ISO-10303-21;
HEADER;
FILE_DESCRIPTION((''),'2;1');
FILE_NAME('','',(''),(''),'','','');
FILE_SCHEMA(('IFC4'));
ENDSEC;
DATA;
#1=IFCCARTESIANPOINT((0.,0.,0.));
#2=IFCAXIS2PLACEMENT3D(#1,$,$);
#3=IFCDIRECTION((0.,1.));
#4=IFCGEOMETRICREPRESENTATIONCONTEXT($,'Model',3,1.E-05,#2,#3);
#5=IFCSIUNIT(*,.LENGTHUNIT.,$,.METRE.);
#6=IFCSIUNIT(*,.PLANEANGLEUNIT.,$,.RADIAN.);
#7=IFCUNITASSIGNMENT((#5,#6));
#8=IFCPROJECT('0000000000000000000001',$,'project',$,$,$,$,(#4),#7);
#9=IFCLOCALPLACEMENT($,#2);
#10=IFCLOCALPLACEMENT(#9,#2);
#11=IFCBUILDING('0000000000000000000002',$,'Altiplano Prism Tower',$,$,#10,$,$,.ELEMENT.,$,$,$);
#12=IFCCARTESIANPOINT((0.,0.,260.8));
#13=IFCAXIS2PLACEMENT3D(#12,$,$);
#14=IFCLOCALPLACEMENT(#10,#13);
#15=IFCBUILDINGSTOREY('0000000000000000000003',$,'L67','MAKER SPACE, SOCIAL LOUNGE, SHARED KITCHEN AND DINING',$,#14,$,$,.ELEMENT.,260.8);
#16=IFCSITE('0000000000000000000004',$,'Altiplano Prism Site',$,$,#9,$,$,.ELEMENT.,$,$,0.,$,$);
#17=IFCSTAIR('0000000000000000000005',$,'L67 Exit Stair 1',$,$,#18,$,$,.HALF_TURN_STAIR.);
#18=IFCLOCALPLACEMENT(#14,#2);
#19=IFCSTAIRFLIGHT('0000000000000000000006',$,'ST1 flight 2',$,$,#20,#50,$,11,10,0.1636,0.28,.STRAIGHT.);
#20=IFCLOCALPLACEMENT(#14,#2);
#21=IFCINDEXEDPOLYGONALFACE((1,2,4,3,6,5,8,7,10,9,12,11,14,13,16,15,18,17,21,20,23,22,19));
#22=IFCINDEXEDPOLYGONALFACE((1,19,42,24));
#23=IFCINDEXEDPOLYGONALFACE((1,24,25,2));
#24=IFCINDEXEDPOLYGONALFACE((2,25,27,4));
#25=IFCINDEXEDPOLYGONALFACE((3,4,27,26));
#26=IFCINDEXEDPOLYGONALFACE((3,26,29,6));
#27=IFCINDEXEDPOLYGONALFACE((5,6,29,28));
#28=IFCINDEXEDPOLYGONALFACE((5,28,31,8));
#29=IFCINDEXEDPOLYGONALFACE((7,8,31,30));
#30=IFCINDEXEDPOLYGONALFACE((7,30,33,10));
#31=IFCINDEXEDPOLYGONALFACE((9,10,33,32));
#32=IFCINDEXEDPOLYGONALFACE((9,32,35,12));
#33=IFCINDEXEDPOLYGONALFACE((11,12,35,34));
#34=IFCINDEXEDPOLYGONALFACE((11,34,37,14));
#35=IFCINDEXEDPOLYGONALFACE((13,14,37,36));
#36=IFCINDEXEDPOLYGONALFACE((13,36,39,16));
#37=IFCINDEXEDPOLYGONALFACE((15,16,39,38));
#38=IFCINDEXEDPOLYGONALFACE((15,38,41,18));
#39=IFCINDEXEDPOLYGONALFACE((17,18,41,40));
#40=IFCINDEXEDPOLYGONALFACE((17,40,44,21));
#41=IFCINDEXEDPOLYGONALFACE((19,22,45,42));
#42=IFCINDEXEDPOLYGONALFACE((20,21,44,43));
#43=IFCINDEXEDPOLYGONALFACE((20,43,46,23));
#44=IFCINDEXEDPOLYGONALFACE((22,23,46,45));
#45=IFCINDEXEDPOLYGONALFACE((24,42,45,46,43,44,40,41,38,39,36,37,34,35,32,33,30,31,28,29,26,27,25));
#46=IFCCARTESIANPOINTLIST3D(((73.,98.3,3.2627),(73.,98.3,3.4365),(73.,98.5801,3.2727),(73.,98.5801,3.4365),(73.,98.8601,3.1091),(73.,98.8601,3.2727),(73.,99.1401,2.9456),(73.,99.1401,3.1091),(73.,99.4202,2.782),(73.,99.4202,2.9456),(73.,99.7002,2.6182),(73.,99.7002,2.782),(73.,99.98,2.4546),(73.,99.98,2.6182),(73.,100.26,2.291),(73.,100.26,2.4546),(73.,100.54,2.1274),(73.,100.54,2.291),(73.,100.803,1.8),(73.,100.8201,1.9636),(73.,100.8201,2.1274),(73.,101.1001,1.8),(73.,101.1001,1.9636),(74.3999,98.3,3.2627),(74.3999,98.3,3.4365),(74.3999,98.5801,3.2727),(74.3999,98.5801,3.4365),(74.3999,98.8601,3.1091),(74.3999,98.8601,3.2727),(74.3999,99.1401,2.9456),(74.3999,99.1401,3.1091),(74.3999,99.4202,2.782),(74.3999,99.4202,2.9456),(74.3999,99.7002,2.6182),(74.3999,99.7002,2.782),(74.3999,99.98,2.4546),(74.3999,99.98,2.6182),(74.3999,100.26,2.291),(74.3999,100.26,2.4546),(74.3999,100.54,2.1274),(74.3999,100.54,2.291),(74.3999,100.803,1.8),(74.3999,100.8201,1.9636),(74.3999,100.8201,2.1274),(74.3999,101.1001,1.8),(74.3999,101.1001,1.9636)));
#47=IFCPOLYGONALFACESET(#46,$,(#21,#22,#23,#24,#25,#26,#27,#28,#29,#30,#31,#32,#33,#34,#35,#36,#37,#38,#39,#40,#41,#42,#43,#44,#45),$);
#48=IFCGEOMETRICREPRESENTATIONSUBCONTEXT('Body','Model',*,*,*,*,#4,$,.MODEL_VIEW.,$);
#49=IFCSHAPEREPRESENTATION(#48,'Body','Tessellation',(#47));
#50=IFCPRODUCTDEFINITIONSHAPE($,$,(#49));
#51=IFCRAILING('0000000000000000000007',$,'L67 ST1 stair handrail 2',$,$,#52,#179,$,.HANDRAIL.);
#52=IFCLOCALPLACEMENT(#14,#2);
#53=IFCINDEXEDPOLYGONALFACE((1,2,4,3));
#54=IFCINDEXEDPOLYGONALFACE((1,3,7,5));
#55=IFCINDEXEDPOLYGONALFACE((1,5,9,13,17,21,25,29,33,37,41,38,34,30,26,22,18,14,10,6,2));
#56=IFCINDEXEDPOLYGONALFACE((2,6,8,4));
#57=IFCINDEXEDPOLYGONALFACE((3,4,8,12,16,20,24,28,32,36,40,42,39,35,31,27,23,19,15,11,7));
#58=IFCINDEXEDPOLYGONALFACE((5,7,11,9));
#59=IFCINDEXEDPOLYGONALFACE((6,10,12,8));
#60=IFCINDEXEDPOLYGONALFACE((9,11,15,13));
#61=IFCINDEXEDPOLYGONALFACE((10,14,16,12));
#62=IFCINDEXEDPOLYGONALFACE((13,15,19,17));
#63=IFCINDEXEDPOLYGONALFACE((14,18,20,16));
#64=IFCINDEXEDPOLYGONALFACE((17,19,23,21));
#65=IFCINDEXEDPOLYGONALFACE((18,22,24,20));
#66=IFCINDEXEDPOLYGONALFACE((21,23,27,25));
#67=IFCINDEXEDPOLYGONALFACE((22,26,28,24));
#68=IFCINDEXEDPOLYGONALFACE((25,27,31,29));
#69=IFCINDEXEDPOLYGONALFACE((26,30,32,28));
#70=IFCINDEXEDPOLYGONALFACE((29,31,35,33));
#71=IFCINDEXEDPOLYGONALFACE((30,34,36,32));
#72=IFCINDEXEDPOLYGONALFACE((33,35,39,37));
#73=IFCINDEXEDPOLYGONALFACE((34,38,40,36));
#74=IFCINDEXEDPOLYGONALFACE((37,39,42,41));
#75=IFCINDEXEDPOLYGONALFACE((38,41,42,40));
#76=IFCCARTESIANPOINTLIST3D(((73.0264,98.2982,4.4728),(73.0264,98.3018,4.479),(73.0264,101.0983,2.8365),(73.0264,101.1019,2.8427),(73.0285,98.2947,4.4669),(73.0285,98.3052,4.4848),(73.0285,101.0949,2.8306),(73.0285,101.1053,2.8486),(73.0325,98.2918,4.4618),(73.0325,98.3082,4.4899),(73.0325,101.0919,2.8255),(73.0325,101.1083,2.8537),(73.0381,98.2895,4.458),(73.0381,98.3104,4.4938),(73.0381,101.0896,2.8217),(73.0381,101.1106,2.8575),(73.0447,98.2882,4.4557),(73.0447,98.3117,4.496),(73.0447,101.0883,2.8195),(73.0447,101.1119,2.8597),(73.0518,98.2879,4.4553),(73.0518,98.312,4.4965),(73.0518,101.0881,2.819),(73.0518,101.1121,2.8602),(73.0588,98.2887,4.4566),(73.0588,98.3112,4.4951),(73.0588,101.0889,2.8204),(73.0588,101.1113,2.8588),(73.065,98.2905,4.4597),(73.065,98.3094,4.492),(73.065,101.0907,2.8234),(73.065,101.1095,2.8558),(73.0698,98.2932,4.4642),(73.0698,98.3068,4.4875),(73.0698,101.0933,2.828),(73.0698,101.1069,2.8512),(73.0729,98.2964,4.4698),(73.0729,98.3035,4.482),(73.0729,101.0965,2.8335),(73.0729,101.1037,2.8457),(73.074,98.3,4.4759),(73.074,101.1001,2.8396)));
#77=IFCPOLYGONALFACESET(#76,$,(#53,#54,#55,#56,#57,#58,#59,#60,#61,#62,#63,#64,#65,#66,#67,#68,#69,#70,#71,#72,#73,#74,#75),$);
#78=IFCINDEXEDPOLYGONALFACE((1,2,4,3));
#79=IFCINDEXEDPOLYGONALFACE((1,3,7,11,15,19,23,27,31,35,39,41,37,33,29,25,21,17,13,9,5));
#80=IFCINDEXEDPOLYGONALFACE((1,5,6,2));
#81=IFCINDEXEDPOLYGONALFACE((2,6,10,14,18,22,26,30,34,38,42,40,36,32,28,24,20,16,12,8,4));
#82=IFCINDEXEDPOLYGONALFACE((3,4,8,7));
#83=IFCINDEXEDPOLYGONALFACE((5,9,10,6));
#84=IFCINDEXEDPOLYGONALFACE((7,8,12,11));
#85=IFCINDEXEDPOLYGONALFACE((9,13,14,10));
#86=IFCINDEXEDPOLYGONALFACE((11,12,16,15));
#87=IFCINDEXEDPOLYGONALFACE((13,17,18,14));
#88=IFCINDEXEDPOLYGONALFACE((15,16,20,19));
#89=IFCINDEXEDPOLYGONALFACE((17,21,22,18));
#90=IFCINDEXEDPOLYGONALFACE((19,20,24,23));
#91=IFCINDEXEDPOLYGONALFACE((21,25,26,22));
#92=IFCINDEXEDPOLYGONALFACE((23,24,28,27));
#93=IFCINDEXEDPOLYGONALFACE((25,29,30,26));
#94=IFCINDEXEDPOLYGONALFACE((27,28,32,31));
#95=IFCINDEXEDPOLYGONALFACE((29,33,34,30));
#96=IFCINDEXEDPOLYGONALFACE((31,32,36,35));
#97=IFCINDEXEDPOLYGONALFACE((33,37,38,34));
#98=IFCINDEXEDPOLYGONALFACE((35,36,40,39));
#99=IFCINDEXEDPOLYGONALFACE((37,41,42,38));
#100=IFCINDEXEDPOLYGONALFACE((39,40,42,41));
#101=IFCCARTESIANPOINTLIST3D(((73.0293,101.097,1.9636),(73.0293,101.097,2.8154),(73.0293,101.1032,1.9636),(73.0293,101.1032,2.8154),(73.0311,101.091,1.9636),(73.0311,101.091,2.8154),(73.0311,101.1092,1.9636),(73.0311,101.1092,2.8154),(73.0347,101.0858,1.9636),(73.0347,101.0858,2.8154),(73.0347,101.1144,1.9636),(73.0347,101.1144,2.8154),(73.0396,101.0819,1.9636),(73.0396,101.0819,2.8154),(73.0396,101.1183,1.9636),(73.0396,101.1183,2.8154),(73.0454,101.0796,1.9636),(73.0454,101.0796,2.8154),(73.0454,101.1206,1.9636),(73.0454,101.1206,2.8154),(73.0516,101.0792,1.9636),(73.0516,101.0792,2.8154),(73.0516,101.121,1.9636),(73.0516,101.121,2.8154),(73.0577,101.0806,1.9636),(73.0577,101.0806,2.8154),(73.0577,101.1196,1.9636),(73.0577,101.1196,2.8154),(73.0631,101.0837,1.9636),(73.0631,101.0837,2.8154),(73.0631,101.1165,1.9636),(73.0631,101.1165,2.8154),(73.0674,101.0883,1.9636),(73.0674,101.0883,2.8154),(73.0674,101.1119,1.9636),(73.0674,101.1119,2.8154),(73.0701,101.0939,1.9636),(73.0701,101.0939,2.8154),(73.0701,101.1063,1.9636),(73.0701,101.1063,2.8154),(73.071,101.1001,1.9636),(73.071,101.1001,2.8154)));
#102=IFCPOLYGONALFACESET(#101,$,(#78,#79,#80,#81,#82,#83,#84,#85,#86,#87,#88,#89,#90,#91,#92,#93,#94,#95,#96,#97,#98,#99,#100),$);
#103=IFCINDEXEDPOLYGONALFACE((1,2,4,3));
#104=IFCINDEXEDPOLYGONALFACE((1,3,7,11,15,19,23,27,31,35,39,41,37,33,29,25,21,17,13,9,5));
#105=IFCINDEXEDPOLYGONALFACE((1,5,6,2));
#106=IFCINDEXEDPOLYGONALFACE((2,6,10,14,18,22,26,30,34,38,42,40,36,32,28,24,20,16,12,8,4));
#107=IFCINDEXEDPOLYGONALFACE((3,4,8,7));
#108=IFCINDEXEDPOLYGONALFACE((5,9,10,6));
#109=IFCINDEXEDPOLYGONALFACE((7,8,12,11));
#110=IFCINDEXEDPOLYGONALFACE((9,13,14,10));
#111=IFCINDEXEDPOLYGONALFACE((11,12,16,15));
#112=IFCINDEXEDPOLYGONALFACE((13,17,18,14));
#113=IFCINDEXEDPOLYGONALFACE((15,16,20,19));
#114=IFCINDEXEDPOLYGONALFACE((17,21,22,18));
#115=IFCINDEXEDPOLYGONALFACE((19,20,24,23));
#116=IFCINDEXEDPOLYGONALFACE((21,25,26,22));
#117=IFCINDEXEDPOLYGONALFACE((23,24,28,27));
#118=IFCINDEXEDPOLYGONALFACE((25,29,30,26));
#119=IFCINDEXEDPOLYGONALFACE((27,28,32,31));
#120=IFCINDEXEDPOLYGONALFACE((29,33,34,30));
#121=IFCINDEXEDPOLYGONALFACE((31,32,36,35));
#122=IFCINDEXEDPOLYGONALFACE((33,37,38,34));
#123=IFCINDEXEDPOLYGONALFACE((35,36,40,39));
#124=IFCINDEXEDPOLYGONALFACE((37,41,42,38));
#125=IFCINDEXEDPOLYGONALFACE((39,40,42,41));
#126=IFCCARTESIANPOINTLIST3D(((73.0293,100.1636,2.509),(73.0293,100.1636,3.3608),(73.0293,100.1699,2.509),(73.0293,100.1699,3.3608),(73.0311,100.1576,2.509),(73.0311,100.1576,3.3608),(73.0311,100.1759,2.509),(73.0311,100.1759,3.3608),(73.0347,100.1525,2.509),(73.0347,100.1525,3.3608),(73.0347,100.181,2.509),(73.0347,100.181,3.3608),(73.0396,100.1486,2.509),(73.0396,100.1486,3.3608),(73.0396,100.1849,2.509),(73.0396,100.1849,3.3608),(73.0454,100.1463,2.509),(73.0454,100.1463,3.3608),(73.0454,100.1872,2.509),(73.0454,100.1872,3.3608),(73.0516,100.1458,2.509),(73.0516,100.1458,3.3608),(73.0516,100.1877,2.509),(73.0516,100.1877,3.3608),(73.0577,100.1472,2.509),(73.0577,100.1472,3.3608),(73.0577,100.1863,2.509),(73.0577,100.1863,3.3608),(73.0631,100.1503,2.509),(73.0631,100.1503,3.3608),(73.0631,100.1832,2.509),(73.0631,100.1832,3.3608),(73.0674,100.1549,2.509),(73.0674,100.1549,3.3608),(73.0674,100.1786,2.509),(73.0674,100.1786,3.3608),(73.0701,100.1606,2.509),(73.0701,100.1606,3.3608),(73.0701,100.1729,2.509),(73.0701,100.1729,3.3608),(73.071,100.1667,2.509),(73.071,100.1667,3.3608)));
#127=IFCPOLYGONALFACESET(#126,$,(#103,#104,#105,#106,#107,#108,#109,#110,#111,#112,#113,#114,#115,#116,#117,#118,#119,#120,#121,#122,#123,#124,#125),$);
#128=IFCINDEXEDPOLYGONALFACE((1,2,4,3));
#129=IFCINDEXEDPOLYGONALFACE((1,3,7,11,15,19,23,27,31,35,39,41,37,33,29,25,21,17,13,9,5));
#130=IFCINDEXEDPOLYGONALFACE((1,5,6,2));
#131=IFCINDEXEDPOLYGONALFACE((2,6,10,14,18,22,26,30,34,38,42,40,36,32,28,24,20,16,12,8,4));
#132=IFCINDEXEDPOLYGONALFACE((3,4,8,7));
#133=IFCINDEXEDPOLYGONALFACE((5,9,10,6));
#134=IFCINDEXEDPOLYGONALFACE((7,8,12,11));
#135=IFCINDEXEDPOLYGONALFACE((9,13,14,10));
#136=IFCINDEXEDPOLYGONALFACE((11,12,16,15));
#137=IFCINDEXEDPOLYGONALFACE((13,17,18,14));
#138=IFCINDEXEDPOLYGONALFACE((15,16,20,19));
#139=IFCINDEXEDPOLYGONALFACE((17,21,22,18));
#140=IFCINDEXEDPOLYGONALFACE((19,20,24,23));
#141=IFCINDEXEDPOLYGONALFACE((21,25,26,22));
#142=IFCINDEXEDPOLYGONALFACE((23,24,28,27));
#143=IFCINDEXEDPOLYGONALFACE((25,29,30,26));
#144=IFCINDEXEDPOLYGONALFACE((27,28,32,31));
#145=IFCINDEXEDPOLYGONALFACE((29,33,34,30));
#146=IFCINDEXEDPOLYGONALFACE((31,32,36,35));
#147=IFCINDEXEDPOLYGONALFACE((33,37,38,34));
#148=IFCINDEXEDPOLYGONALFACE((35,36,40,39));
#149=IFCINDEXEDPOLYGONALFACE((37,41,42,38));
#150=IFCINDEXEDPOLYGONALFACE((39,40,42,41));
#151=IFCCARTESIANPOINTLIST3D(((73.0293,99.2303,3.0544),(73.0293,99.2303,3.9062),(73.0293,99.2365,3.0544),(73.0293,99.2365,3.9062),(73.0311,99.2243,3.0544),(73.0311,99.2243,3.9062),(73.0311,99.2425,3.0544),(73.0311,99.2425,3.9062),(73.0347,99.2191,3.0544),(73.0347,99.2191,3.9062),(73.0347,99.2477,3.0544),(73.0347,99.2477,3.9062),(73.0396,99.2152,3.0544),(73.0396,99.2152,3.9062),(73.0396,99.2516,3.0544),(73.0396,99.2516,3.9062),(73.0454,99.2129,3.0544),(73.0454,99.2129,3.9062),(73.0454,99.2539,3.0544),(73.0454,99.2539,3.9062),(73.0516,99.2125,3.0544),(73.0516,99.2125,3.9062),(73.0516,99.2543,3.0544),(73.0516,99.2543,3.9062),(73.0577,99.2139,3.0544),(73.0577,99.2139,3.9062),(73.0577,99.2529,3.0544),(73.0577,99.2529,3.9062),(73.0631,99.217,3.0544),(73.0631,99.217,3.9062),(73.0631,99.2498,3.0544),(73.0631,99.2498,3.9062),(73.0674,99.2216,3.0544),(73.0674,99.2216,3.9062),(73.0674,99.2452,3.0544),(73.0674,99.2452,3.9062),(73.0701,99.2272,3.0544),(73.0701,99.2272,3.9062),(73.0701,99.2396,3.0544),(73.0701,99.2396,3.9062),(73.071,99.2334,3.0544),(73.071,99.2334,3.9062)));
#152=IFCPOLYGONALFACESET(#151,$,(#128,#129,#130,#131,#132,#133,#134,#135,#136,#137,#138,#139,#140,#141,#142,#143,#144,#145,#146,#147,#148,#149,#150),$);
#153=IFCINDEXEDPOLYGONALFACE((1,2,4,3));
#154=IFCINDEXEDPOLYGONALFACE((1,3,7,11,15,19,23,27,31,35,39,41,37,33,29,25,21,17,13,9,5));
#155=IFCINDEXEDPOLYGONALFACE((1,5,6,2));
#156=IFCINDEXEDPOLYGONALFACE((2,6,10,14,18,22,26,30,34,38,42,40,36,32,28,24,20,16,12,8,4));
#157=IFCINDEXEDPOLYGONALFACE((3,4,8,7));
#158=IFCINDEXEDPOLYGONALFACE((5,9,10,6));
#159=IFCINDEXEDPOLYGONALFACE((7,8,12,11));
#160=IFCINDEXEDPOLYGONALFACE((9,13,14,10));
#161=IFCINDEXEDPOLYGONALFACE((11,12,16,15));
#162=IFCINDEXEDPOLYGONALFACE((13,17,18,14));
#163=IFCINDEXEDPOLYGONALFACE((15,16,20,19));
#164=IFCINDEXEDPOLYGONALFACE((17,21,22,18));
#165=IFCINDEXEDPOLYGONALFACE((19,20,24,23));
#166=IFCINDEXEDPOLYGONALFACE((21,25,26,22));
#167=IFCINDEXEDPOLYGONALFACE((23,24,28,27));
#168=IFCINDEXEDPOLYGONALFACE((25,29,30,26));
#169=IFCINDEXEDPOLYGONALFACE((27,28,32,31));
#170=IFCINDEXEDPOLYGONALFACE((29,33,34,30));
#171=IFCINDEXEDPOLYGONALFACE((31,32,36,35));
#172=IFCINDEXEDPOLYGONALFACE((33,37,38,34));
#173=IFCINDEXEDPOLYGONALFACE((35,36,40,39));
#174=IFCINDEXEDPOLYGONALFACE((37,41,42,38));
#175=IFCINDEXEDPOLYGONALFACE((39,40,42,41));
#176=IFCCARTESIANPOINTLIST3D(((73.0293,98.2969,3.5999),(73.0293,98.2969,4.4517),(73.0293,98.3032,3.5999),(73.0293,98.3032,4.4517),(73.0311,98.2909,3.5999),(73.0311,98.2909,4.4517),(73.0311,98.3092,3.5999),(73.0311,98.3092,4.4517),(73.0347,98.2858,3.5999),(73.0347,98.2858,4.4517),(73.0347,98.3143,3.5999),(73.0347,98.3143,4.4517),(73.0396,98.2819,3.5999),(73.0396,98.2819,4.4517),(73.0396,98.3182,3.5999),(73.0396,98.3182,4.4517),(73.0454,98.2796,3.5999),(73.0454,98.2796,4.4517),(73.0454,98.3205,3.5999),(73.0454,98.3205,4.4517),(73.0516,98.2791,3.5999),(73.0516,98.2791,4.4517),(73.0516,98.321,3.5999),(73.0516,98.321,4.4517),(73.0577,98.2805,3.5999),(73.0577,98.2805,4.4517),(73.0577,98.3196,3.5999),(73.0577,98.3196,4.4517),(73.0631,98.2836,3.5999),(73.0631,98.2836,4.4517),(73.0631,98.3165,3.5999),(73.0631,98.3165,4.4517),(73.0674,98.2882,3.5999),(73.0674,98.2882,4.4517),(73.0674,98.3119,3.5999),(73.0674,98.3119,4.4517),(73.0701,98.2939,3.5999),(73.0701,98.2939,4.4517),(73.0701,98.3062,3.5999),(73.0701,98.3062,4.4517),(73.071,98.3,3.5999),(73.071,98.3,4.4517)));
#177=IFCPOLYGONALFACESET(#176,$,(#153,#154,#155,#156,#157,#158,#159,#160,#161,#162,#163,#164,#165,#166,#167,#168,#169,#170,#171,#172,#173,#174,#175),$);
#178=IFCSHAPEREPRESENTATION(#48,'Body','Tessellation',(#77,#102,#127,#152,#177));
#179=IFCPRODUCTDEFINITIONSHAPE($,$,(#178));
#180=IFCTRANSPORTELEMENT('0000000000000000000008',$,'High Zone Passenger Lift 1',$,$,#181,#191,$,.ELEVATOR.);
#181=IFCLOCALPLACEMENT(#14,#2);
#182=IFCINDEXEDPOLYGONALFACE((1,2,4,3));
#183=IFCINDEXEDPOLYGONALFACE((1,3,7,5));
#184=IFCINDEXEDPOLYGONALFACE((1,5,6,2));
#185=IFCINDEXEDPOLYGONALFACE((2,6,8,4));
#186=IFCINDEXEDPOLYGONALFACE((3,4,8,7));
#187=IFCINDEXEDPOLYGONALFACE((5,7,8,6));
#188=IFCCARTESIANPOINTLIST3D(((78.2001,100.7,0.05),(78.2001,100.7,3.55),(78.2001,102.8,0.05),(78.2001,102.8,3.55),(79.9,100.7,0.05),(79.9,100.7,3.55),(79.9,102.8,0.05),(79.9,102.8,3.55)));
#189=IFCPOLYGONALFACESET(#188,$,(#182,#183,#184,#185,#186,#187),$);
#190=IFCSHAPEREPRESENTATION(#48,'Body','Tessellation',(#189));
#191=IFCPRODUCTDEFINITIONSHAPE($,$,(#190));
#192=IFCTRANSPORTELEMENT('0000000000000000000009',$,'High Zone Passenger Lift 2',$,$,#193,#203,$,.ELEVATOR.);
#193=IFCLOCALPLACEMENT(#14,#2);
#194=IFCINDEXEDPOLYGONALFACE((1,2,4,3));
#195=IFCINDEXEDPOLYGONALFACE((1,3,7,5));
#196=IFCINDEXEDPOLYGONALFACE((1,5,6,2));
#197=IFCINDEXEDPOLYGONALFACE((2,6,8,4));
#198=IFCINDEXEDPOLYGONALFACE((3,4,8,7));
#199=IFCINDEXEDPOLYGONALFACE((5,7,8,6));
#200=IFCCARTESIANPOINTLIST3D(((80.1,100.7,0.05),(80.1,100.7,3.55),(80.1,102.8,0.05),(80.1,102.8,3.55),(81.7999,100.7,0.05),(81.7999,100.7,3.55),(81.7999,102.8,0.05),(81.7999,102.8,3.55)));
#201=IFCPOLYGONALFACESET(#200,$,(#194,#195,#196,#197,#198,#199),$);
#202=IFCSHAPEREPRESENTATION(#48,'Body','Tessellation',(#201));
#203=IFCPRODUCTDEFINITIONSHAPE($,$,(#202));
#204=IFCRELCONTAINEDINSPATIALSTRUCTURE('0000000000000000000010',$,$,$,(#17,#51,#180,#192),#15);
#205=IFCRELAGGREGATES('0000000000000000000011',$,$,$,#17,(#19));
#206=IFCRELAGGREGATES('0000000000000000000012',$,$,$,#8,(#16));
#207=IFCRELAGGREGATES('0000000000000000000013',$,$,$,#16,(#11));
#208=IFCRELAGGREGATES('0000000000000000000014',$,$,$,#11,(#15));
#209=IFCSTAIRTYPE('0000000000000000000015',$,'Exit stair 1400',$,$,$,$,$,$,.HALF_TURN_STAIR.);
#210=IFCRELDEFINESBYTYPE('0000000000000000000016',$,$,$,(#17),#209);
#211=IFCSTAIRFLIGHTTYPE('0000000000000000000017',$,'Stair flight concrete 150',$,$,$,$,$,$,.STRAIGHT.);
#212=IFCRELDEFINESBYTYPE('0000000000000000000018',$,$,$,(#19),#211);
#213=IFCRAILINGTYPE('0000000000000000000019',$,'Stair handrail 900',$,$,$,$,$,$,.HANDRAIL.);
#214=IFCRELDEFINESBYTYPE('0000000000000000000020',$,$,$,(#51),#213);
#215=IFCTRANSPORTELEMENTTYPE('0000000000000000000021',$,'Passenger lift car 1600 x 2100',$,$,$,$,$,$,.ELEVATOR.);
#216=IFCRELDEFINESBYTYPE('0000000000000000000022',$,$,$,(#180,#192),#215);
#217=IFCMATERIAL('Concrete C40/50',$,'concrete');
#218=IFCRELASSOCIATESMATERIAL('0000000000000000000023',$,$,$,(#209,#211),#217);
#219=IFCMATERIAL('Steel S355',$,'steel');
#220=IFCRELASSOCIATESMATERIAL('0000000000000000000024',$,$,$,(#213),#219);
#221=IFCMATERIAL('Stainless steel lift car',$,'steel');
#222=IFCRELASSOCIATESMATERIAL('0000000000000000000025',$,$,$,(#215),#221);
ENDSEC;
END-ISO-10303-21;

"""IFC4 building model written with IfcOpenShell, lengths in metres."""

from ifc_helpers import new_model, si_unit, direction, frame, origin, origin_2d, place, context, subcontext, project, spatial, polyline, rectangle, circle, outline, extrude, material, type_object, element, aggregate, save


model = new_model("IFC4")

# Units and contexts
model_context = context("Model", 3, precision=1e-05, world=origin(), true_north=direction((0.0, 1.0)))
body_context = subcontext(model_context, "Body", "Model", "MODEL_VIEW")
ifc_project = project(units=[si_unit("LENGTHUNIT", "METRE"), si_unit("PLANEANGLEUNIT", "RADIAN")], contexts=[model_context])

# Site, building, storey
site_placement = place(None, origin())
site = spatial("IfcSite", under=ifc_project, at=site_placement, Name="Altiplano Prism Site", CompositionType="ELEMENT", RefElevation=0.0)
building_placement = place(site_placement, origin())
building = spatial("IfcBuilding", under=site, at=building_placement, Name="Altiplano Prism Tower", CompositionType="ELEMENT")
storey_placement = place(building_placement, frame((0.0, 0.0, 260.8)))
storey = spatial("IfcBuildingStorey", under=building, at=storey_placement, Name="L67", Description="MAKER SPACE, SOCIAL LOUNGE, SHARED KITCHEN AND DINING", CompositionType="ELEMENT", Elevation=260.8)

# Shared definitions
ifc_material_1 = material(Name="Steel S355", Category="steel")

# Stair, stair flight
ifc_material_2 = material(Name="Concrete C40/50", Category="concrete")
stair_type = type_object("IfcStairType", Name="Exit stair 1400", PredefinedType="HALF_TURN_STAIR", material=ifc_material_2)
stair_placement = place(storey_placement, origin())
stair = element("IfcStair", 1, at=stair_placement, inside=storey, type_object=stair_type, Name="L67 Exit Stair 1", PredefinedType="HALF_TURN_STAIR")
stair_flight_type = type_object("IfcStairFlightType", Name="Stair flight concrete 150", PredefinedType="STRAIGHT", material=ifc_material_2)
stair_flight_placement = place(storey_placement, frame((73.7, 101.1001, 1.8), z_axis=(0.0, 0.0, 1.0), x_axis=(0.0, -1.0, 0.0)))
stair_flight = element("IfcStairFlight", 2, at=stair_flight_placement, type_object=stair_flight_type, Name="ST1 flight 2", NumberOfRisers=11, NumberOfTreads=10, PredefinedType="STRAIGHT", RiserHeight=0.1636, TreadLength=0.28, context=body_context, shape_type="SweptSolid", body=[
    extrude(outline(polyline([(0.0, 0.0), (0.0, 0.1636), (0.28, 0.1636), (0.28, 0.3274), (0.5601, 0.3274), (0.5601, 0.491), (0.8401, 0.491), (0.8401, 0.6545), (1.1201, 0.6545), (1.1201, 0.8181), (1.3999, 0.8181), (1.3999, 0.9819), (1.6799, 0.9819), (1.6799, 1.1455), (1.96, 1.1455), (1.96, 1.3091), (2.24, 1.3091), (2.24, 1.4727), (2.52, 1.4727), (2.52, 1.6365), (2.8, 1.6365), (2.8, 1.8), (2.8, 1.4626), (0.2971, 0.0), (0.0, 0.0)])), frame((0.0, 0.7, 0.0), z_axis=(0.0, -1.0, 0.0), x_axis=(1.0, 0.0, 0.0)), (0.0, 0.0, 1.0), 1.3999),
])
aggregate(stair, [stair_flight])

# Railing
railing_type = type_object("IfcRailingType", Name="Stair handrail 900", PredefinedType="HANDRAIL", material=ifc_material_1)
railing_placement = place(storey_placement, frame((73.05, 101.1001, 1.9636)))
element("IfcRailing", 3, at=railing_placement, inside=storey, type_object=railing_type, Name="L67 ST1 stair handrail 2", PredefinedType="HANDRAIL", context=body_context, shape_type="SweptSolid", body=[
    extrude(circle(Radius=0.0239, at=origin_2d()), frame((0.0, 0.0, 0.876), z_axis=(0.0, -0.863394, 0.504531), x_axis=(1.0, 0.0, 0.0)), (0.0, 0.0, 1.0), 3.2432),
    extrude(circle(Radius=0.021, at=origin_2d()), origin(), (0.0, 0.0, 1.0), 0.8518),
    extrude(circle(Radius=0.021, at=origin_2d()), frame((0.0, -0.9333, 0.5454)), (0.0, 0.0, 1.0), 0.8518),
    extrude(circle(Radius=0.021, at=origin_2d()), frame((0.0, -1.8667, 1.0908)), (0.0, 0.0, 1.0), 0.8518),
    extrude(circle(Radius=0.021, at=origin_2d()), frame((0.0, -2.8, 1.6362)), (0.0, 0.0, 1.0), 0.8518),
])

# Transport elements
ifc_material_3 = material(Name="Stainless steel lift car", Category="steel")
transport_element_type = type_object("IfcTransportElementType", Name="Passenger lift car 1600 x 2100", PredefinedType="ELEVATOR", material=ifc_material_3)
for number, where, z_axis, x_axis, name in (
    (4, (79.05, 101.75, 0.05), (0.0, 0.0, 1.0), (1.0, 0.0, 0.0), "High Zone Passenger Lift 1"),
    (5, (80.95, 101.75, 0.05), (0.0, 0.0, 1.0), (1.0, 0.0, 0.0), "High Zone Passenger Lift 2"),
):
    element("IfcTransportElement", number, at=place(storey_placement, frame(where, z_axis=z_axis, x_axis=x_axis)), inside=storey, type_object=transport_element_type, Name=name, PredefinedType="ELEVATOR", context=body_context, shape_type="SweptSolid", body=[
        extrude(rectangle(XDim=1.7, YDim=2.1001, at=origin_2d()), origin(), (0.0, 0.0, 1.0), 3.5),
    ])

save(model, "model.ifc")
